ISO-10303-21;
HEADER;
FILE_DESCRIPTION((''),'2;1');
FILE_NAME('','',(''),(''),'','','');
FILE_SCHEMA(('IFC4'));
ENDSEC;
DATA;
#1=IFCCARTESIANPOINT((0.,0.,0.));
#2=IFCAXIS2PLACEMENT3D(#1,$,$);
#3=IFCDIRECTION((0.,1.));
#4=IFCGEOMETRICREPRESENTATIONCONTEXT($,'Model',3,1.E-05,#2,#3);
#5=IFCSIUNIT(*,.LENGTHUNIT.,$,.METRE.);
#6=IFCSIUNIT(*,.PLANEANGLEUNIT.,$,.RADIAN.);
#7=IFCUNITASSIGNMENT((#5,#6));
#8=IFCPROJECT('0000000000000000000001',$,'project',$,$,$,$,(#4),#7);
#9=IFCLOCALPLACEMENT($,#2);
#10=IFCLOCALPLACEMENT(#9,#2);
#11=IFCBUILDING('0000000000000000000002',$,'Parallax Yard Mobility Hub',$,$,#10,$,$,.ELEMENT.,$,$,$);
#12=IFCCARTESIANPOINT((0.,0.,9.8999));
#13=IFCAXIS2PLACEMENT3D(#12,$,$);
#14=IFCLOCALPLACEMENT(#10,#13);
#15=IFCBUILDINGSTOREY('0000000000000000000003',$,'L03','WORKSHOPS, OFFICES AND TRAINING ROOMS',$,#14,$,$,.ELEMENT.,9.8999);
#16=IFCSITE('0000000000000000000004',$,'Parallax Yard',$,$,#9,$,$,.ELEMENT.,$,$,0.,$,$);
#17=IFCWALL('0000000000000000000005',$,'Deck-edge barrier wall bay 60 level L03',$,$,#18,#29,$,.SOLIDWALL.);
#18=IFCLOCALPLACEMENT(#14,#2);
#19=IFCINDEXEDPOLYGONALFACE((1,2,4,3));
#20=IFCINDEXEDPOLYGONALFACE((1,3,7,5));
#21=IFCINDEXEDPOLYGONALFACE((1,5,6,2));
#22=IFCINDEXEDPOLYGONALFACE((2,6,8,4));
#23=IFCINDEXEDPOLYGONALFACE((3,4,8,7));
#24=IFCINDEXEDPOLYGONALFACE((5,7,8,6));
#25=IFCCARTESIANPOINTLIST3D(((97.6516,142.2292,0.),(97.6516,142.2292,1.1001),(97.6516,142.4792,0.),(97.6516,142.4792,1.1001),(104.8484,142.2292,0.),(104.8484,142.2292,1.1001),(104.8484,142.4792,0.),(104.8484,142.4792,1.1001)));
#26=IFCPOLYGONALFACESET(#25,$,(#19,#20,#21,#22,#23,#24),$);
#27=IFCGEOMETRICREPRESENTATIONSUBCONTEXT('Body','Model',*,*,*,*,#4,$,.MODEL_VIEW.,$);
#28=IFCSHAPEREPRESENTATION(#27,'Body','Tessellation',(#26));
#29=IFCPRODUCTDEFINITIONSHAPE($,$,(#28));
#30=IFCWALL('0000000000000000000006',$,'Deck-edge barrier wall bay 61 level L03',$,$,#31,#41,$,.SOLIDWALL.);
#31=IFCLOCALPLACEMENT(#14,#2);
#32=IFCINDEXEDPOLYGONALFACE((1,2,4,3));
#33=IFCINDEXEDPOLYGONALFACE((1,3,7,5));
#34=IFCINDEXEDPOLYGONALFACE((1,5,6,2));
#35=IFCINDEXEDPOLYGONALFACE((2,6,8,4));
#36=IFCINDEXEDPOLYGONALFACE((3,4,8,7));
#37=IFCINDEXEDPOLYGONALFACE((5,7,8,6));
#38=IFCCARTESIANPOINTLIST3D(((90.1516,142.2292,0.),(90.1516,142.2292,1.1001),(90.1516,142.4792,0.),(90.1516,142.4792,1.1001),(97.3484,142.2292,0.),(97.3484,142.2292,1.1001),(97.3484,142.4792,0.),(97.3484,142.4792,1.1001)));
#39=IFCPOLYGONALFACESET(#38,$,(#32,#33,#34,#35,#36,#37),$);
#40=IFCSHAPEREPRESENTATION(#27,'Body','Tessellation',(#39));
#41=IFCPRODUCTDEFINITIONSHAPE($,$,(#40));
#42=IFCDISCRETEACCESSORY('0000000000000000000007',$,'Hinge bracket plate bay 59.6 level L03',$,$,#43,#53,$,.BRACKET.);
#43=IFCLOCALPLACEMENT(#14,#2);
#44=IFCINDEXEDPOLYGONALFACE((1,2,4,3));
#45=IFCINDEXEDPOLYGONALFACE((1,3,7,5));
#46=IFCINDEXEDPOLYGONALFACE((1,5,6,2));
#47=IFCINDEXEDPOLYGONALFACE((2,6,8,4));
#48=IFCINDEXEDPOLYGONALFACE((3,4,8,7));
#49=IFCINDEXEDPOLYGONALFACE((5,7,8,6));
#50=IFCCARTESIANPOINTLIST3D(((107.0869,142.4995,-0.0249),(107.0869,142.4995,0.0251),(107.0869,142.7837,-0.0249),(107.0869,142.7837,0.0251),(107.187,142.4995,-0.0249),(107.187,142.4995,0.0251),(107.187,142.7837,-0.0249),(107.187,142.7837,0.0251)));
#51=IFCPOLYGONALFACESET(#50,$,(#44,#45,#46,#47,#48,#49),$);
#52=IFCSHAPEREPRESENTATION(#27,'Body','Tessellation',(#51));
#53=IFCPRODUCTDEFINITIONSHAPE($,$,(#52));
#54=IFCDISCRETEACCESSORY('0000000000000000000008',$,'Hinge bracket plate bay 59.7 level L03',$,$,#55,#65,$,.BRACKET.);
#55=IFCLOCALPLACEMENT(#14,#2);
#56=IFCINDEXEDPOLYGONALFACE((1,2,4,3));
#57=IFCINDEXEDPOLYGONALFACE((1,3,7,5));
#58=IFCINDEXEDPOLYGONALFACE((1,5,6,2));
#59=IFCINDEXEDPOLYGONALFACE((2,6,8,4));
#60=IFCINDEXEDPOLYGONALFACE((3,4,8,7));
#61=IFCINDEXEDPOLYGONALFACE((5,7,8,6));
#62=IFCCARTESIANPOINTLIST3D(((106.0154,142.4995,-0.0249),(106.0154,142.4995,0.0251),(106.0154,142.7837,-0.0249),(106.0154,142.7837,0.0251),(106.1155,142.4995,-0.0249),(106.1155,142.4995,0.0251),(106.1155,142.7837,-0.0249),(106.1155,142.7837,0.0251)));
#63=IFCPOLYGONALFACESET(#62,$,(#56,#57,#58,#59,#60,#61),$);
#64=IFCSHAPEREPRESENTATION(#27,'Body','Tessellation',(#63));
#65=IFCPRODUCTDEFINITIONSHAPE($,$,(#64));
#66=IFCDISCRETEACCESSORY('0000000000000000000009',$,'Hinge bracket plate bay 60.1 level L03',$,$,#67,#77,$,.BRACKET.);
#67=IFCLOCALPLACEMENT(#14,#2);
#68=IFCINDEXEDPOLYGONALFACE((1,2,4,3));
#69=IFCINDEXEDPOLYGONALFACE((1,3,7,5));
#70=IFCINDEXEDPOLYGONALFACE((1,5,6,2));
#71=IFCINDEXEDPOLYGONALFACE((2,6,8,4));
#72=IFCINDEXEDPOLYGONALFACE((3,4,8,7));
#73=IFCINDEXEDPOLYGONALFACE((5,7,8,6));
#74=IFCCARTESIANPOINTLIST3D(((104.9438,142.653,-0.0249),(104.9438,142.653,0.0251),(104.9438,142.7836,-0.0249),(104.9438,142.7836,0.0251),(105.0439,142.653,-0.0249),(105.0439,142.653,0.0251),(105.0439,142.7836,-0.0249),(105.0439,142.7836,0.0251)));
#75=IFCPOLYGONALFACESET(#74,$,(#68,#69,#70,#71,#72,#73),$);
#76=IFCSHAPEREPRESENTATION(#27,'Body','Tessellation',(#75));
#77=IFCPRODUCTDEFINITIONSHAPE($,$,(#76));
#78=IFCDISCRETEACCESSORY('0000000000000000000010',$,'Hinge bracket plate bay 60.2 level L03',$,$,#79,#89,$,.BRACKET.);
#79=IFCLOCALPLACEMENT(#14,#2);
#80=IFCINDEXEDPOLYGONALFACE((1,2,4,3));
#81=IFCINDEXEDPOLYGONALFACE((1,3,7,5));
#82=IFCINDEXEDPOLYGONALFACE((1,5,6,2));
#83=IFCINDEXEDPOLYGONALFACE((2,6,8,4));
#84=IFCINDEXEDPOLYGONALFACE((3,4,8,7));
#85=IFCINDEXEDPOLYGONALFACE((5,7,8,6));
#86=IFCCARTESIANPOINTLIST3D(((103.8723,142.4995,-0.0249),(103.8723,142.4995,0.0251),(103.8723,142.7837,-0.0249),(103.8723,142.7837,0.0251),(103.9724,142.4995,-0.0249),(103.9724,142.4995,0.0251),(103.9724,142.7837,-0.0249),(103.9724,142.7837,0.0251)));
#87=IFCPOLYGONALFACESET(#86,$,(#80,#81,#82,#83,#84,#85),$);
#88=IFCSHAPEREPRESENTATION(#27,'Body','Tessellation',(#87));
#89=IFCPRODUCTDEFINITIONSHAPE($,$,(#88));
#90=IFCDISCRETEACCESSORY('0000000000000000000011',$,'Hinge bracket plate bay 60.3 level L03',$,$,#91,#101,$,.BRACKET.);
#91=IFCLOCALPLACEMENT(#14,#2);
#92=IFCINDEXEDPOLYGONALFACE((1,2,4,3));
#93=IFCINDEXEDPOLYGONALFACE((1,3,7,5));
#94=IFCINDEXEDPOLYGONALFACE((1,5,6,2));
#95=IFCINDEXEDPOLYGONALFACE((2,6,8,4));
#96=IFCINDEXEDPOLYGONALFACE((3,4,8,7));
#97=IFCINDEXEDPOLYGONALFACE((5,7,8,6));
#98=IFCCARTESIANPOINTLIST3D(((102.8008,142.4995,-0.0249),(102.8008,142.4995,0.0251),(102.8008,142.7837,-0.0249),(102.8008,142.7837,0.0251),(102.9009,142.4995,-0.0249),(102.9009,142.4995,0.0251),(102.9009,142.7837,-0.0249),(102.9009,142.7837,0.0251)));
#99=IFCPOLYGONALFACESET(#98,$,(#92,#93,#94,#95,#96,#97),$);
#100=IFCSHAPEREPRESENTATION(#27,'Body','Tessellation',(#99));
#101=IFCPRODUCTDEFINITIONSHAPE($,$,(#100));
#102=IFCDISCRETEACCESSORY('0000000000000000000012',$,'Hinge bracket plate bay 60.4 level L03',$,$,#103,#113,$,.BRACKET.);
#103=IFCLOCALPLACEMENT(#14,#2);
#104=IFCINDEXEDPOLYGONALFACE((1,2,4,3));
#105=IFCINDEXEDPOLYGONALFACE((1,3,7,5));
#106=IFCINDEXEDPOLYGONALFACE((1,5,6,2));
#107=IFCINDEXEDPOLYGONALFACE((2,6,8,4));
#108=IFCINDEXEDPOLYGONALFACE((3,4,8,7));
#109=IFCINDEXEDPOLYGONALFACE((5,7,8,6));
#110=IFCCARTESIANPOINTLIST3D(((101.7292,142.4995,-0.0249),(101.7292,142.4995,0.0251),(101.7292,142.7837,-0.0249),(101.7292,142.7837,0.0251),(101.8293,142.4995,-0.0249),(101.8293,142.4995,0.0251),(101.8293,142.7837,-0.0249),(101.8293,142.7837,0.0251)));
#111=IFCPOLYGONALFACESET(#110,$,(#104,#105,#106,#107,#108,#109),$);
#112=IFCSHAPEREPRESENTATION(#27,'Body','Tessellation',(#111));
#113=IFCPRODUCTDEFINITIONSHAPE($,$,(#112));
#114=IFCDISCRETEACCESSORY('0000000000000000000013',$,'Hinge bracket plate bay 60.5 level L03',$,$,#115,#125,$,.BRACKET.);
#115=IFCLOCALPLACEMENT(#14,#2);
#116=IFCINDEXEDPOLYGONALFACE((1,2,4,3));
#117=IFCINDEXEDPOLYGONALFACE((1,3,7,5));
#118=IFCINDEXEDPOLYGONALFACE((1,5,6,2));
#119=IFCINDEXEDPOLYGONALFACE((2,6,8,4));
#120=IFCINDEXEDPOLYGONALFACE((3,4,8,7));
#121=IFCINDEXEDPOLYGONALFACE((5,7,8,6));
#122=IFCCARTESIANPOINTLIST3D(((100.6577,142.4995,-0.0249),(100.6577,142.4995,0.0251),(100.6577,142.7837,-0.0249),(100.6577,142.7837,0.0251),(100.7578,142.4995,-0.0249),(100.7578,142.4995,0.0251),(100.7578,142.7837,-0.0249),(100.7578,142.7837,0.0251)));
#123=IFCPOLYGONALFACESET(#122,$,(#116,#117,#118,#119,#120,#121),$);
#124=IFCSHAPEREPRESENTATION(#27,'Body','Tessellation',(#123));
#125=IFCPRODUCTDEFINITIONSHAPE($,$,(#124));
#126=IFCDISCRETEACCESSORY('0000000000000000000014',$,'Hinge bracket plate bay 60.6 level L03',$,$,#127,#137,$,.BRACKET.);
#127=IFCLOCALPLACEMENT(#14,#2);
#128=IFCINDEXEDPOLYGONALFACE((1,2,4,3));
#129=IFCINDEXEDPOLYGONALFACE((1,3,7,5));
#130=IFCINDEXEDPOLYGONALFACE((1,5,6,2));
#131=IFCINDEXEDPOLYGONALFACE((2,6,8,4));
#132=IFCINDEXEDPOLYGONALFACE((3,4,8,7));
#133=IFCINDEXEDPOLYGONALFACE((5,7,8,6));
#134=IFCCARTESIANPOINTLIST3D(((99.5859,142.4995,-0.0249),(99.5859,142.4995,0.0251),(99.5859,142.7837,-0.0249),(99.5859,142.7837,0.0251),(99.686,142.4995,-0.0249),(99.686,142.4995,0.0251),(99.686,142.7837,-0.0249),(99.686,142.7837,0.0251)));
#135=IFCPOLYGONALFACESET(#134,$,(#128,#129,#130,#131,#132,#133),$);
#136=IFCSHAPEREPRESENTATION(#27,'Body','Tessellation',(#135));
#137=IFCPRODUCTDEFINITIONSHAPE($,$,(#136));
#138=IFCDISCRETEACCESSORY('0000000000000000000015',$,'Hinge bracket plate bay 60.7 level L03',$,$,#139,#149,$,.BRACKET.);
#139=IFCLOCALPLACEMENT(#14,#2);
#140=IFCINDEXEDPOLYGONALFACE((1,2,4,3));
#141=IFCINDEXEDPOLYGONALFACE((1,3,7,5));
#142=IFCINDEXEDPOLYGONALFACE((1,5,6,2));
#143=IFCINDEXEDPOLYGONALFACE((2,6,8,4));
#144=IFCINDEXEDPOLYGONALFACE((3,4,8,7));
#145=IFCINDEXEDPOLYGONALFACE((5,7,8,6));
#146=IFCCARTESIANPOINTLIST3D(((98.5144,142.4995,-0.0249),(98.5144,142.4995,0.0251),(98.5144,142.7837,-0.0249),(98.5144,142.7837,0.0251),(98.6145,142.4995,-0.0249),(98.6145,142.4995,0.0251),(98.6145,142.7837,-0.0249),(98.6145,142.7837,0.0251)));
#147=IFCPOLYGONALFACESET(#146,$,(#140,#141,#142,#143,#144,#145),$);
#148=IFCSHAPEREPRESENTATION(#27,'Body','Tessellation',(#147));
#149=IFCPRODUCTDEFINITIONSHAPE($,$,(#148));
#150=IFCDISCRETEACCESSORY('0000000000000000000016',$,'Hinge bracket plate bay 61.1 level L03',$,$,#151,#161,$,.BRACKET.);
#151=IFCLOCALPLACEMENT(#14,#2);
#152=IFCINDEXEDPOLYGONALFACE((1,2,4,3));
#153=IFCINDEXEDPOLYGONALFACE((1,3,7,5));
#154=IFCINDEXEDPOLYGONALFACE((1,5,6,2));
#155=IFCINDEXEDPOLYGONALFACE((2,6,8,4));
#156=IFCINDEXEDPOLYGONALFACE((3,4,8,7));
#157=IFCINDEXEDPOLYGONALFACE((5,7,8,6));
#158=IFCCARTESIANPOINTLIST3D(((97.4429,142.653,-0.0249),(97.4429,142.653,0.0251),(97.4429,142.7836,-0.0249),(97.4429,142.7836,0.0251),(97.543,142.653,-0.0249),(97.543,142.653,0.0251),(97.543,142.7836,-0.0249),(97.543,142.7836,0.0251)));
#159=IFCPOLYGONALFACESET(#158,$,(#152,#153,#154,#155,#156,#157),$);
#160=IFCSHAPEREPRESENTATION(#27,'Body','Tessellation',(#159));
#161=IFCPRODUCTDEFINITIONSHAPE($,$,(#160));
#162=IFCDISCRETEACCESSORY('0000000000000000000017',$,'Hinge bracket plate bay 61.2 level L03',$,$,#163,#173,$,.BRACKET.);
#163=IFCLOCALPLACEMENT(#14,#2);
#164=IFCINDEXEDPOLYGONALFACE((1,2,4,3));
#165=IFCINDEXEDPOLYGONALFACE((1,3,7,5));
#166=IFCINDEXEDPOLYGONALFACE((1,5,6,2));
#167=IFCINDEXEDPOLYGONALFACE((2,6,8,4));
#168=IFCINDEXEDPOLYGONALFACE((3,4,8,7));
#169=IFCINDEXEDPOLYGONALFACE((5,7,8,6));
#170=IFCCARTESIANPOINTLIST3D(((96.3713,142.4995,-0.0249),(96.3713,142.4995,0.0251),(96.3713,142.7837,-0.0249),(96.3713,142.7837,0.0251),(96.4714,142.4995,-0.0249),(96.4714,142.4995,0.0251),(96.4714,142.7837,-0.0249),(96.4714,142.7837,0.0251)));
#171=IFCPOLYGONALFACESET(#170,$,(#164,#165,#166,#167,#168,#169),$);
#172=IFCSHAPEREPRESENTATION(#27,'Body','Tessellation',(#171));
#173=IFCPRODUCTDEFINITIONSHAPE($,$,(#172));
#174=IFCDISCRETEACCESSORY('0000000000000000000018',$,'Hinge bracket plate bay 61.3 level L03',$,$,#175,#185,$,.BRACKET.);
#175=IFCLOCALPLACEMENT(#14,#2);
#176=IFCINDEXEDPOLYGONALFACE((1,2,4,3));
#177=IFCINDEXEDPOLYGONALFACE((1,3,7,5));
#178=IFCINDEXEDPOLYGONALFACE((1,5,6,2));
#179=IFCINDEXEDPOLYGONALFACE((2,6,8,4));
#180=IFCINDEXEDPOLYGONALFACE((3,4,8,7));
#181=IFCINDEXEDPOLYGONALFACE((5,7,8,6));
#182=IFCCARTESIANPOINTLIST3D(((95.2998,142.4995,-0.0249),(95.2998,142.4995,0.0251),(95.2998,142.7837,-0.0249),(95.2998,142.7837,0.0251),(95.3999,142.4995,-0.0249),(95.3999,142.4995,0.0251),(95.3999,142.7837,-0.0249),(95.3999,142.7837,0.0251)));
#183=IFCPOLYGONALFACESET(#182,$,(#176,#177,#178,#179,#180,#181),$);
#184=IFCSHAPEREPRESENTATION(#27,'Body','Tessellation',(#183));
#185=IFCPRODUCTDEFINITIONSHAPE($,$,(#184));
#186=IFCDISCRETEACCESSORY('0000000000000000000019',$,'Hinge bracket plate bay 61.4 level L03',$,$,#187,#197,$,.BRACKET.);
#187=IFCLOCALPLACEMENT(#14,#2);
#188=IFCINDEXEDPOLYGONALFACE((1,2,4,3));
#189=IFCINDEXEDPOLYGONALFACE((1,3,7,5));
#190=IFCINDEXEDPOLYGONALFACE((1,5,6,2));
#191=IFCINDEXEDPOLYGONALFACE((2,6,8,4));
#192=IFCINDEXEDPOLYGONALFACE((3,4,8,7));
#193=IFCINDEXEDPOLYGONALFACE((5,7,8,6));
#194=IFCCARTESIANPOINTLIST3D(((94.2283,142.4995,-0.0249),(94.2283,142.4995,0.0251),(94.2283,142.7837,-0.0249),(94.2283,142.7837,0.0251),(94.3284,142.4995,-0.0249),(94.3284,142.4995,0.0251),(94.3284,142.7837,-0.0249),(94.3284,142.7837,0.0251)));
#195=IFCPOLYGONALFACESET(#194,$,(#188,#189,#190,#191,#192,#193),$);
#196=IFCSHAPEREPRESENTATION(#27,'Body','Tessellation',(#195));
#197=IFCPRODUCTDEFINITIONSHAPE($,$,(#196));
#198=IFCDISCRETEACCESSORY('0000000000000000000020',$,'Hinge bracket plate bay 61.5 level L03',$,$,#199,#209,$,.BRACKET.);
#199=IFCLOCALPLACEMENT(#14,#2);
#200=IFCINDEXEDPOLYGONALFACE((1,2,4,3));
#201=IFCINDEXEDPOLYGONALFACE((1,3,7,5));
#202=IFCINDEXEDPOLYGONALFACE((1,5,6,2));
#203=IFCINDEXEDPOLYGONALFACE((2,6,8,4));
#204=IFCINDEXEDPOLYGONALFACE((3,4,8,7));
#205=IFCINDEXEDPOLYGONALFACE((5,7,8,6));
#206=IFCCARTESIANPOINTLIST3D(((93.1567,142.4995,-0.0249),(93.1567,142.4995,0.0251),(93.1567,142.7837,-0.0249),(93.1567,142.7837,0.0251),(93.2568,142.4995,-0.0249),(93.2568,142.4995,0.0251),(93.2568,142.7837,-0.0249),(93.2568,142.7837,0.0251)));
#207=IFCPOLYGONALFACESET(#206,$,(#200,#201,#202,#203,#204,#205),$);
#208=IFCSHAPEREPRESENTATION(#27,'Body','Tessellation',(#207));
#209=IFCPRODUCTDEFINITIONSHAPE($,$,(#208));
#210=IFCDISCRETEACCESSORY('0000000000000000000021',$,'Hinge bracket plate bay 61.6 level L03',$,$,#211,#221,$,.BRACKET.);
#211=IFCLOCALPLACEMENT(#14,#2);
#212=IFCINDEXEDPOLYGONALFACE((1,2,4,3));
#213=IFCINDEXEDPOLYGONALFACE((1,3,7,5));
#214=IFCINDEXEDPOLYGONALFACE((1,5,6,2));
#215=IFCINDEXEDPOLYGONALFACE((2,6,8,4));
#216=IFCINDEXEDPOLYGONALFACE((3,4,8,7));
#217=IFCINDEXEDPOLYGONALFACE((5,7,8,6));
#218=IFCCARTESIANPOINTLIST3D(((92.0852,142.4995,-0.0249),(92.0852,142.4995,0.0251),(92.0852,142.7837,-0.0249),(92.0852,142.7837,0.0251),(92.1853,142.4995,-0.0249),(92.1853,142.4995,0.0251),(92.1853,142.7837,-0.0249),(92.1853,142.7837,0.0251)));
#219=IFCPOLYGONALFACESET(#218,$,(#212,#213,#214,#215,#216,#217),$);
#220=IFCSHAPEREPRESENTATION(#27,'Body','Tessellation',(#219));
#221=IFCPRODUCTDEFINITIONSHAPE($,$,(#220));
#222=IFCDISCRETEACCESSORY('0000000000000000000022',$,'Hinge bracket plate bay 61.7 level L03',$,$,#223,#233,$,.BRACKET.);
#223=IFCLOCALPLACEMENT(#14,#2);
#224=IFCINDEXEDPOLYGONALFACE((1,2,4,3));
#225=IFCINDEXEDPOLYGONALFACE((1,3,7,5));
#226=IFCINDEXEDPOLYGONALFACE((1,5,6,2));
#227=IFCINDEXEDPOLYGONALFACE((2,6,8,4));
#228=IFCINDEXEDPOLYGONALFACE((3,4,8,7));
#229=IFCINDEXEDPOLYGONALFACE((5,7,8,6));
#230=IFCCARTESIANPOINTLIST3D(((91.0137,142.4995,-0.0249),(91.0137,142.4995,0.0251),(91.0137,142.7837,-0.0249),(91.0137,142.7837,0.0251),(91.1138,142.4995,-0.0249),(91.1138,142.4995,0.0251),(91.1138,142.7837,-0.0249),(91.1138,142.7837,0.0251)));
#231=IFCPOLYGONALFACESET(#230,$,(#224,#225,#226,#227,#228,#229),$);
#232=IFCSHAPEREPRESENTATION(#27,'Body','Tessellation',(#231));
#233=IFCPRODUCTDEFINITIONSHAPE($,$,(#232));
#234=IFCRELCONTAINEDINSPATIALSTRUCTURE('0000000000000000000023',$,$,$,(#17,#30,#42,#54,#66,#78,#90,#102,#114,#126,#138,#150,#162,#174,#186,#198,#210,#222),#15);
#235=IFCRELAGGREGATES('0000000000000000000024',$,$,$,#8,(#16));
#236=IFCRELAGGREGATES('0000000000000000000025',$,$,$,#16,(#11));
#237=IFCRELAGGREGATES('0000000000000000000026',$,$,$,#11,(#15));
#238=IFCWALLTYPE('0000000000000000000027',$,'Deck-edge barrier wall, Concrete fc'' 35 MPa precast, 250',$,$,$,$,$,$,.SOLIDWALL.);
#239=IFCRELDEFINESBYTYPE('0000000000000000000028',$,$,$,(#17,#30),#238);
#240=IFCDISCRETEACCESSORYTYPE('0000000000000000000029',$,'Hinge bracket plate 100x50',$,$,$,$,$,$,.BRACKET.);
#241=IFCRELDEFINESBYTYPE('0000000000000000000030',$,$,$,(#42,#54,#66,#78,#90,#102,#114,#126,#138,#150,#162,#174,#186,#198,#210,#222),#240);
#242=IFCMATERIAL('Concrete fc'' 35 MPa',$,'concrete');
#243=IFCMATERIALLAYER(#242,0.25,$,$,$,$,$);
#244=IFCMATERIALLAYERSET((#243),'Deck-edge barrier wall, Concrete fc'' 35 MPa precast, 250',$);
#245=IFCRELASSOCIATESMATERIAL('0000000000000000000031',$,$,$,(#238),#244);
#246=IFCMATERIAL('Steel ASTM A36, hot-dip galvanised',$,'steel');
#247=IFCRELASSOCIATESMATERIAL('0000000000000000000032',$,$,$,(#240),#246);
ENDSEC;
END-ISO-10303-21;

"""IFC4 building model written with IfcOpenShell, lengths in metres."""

from ifc_helpers import new_model, si_unit, direction, frame, frame_2d, origin, origin_2d, place, context, subcontext, project, spatial, rectangle, extrude, material, layer, layer_set, type_object, element, save


model = new_model("IFC4")

# Units and contexts
model_context = context("Model", 3, precision=1e-05, world=origin(), true_north=direction((0.0, 1.0)))
body_context = subcontext(model_context, "Body", "Model", "MODEL_VIEW")
ifc_project = project(units=[si_unit("LENGTHUNIT", "METRE"), si_unit("PLANEANGLEUNIT", "RADIAN")], contexts=[model_context])

# Site, building, storey
site_placement = place(None, origin())
site = spatial("IfcSite", under=ifc_project, at=site_placement, Name="Parallax Yard", CompositionType="ELEMENT", RefElevation=0.0)
building_placement = place(site_placement, origin())
building = spatial("IfcBuilding", under=site, at=building_placement, Name="Parallax Yard Mobility Hub", CompositionType="ELEMENT")
storey_placement = place(building_placement, frame((0.0, 0.0, 9.8999)))
storey = spatial("IfcBuildingStorey", under=building, at=storey_placement, Name="L03", Description="WORKSHOPS, OFFICES AND TRAINING ROOMS", CompositionType="ELEMENT", Elevation=9.8999)

# Walls
ifc_material_1 = material(Name="Concrete fc' 35 MPa", Category="concrete")
ifc_layer = layer(ifc_material_1, 0.25)
ifc_layer_set = layer_set([ifc_layer], Name="Deck-edge barrier wall, Concrete fc' 35 MPa precast, 250")
wall_type = type_object("IfcWallType", Name="Deck-edge barrier wall, Concrete fc' 35 MPa precast, 250", PredefinedType="SOLIDWALL", material=ifc_layer_set)
for number, where, z_axis, x_axis, name in (
    (1, (104.8484, 142.3542, 0.0), (0.0, 0.0, 1.0), (-1.0, 0.0, 0.0), "Deck-edge barrier wall bay 60 level L03"),
    (2, (97.3484, 142.3542, 0.0), (0.0, 0.0, 1.0), (-1.0, 0.0, 0.0), "Deck-edge barrier wall bay 61 level L03"),
):
    element("IfcWall", number, at=place(storey_placement, frame(where, z_axis=z_axis, x_axis=x_axis)), inside=storey, type_object=wall_type, Name=name, PredefinedType="SOLIDWALL", context=body_context, shape_type="SweptSolid", body=[
        extrude(rectangle(XDim=7.1968, YDim=0.25, at=frame_2d((3.5984, 0.0))), origin(), (0.0, 0.0, 1.0), 1.1001),
    ])

# Discrete accessories
ifc_material_2 = material(Name="Steel ASTM A36, hot-dip galvanised", Category="steel")
discrete_accessory_type_1 = type_object("IfcDiscreteAccessoryType", Name="Hinge bracket plate 100x50", PredefinedType="BRACKET", material=ifc_material_2)
for number, where, z_axis, x_axis, name in (
    (3, (107.137, 142.6416, -0.0249), (0.0, 0.0, 1.0), (0.0, 1.0, 0.0), "Hinge bracket plate bay 59.6 level L03"),
    (4, (106.0654, 142.6416, -0.0249), (0.0, 0.0, 1.0), (0.0, 1.0, 0.0), "Hinge bracket plate bay 59.7 level L03"),
):
    element("IfcDiscreteAccessory", number, at=place(storey_placement, frame(where, z_axis=z_axis, x_axis=x_axis)), inside=storey, type_object=discrete_accessory_type_1, Name=name, PredefinedType="BRACKET", context=body_context, shape_type="SweptSolid", body=[
        extrude(rectangle(XDim=0.2842, YDim=0.1001, at=origin_2d()), origin(), (0.0, 0.0, 1.0), 0.05),
    ])
discrete_accessory_1_placement = place(storey_placement, frame((104.9939, 142.7183, -0.0249), z_axis=(0.0, 0.0, 1.0), x_axis=(0.0, 1.0, 0.0)))
element("IfcDiscreteAccessory", 5, at=discrete_accessory_1_placement, inside=storey, type_object=discrete_accessory_type_1, Name="Hinge bracket plate bay 60.1 level L03", PredefinedType="BRACKET", context=body_context, shape_type="SweptSolid", body=[
    extrude(rectangle(XDim=0.1306, YDim=0.1001, at=origin_2d()), origin(), (0.0, 0.0, 1.0), 0.05),
])
for number, where, z_axis, x_axis, name in (
    (6, (103.9224, 142.6416, -0.0249), (0.0, 0.0, 1.0), (0.0, 1.0, 0.0), "Hinge bracket plate bay 60.2 level L03"),
    (7, (102.8508, 142.6416, -0.0249), (0.0, 0.0, 1.0), (0.0, 1.0, 0.0), "Hinge bracket plate bay 60.3 level L03"),
    (8, (101.7793, 142.6416, -0.0249), (0.0, 0.0, 1.0), (0.0, 1.0, 0.0), "Hinge bracket plate bay 60.4 level L03"),
    (9, (100.7078, 142.6416, -0.0249), (0.0, 0.0, 1.0), (0.0, 1.0, 0.0), "Hinge bracket plate bay 60.5 level L03"),
    (10, (99.636, 142.6416, -0.0249), (0.0, 0.0, 1.0), (0.0, 1.0, 0.0), "Hinge bracket plate bay 60.6 level L03"),
    (11, (98.5645, 142.6416, -0.0249), (0.0, 0.0, 1.0), (0.0, 1.0, 0.0), "Hinge bracket plate bay 60.7 level L03"),
):
    element("IfcDiscreteAccessory", number, at=place(storey_placement, frame(where, z_axis=z_axis, x_axis=x_axis)), inside=storey, type_object=discrete_accessory_type_1, Name=name, PredefinedType="BRACKET", context=body_context, shape_type="SweptSolid", body=[
        extrude(rectangle(XDim=0.2842, YDim=0.1001, at=origin_2d()), origin(), (0.0, 0.0, 1.0), 0.05),
    ])
discrete_accessory_2_placement = place(storey_placement, frame((97.4929, 142.7183, -0.0249), z_axis=(0.0, 0.0, 1.0), x_axis=(0.0, 1.0, 0.0)))
element("IfcDiscreteAccessory", 12, at=discrete_accessory_2_placement, inside=storey, type_object=discrete_accessory_type_1, Name="Hinge bracket plate bay 61.1 level L03", PredefinedType="BRACKET", context=body_context, shape_type="SweptSolid", body=[
    extrude(rectangle(XDim=0.1306, YDim=0.1001, at=origin_2d()), origin(), (0.0, 0.0, 1.0), 0.05),
])
for number, where, z_axis, x_axis, name in (
    (13, (96.4214, 142.6416, -0.0249), (0.0, 0.0, 1.0), (0.0, 1.0, 0.0), "Hinge bracket plate bay 61.2 level L03"),
    (14, (95.3499, 142.6416, -0.0249), (0.0, 0.0, 1.0), (0.0, 1.0, 0.0), "Hinge bracket plate bay 61.3 level L03"),
    (15, (94.2783, 142.6416, -0.0249), (0.0, 0.0, 1.0), (0.0, 1.0, 0.0), "Hinge bracket plate bay 61.4 level L03"),
    (16, (93.2068, 142.6416, -0.0249), (0.0, 0.0, 1.0), (0.0, 1.0, 0.0), "Hinge bracket plate bay 61.5 level L03"),
    (17, (92.1353, 142.6416, -0.0249), (0.0, 0.0, 1.0), (0.0, 1.0, 0.0), "Hinge bracket plate bay 61.6 level L03"),
    (18, (91.0637, 142.6416, -0.0249), (0.0, 0.0, 1.0), (0.0, 1.0, 0.0), "Hinge bracket plate bay 61.7 level L03"),
):
    element("IfcDiscreteAccessory", number, at=place(storey_placement, frame(where, z_axis=z_axis, x_axis=x_axis)), inside=storey, type_object=discrete_accessory_type_1, Name=name, PredefinedType="BRACKET", context=body_context, shape_type="SweptSolid", body=[
        extrude(rectangle(XDim=0.2842, YDim=0.1001, at=origin_2d()), origin(), (0.0, 0.0, 1.0), 0.05),
    ])

save(model, "model.ifc")
